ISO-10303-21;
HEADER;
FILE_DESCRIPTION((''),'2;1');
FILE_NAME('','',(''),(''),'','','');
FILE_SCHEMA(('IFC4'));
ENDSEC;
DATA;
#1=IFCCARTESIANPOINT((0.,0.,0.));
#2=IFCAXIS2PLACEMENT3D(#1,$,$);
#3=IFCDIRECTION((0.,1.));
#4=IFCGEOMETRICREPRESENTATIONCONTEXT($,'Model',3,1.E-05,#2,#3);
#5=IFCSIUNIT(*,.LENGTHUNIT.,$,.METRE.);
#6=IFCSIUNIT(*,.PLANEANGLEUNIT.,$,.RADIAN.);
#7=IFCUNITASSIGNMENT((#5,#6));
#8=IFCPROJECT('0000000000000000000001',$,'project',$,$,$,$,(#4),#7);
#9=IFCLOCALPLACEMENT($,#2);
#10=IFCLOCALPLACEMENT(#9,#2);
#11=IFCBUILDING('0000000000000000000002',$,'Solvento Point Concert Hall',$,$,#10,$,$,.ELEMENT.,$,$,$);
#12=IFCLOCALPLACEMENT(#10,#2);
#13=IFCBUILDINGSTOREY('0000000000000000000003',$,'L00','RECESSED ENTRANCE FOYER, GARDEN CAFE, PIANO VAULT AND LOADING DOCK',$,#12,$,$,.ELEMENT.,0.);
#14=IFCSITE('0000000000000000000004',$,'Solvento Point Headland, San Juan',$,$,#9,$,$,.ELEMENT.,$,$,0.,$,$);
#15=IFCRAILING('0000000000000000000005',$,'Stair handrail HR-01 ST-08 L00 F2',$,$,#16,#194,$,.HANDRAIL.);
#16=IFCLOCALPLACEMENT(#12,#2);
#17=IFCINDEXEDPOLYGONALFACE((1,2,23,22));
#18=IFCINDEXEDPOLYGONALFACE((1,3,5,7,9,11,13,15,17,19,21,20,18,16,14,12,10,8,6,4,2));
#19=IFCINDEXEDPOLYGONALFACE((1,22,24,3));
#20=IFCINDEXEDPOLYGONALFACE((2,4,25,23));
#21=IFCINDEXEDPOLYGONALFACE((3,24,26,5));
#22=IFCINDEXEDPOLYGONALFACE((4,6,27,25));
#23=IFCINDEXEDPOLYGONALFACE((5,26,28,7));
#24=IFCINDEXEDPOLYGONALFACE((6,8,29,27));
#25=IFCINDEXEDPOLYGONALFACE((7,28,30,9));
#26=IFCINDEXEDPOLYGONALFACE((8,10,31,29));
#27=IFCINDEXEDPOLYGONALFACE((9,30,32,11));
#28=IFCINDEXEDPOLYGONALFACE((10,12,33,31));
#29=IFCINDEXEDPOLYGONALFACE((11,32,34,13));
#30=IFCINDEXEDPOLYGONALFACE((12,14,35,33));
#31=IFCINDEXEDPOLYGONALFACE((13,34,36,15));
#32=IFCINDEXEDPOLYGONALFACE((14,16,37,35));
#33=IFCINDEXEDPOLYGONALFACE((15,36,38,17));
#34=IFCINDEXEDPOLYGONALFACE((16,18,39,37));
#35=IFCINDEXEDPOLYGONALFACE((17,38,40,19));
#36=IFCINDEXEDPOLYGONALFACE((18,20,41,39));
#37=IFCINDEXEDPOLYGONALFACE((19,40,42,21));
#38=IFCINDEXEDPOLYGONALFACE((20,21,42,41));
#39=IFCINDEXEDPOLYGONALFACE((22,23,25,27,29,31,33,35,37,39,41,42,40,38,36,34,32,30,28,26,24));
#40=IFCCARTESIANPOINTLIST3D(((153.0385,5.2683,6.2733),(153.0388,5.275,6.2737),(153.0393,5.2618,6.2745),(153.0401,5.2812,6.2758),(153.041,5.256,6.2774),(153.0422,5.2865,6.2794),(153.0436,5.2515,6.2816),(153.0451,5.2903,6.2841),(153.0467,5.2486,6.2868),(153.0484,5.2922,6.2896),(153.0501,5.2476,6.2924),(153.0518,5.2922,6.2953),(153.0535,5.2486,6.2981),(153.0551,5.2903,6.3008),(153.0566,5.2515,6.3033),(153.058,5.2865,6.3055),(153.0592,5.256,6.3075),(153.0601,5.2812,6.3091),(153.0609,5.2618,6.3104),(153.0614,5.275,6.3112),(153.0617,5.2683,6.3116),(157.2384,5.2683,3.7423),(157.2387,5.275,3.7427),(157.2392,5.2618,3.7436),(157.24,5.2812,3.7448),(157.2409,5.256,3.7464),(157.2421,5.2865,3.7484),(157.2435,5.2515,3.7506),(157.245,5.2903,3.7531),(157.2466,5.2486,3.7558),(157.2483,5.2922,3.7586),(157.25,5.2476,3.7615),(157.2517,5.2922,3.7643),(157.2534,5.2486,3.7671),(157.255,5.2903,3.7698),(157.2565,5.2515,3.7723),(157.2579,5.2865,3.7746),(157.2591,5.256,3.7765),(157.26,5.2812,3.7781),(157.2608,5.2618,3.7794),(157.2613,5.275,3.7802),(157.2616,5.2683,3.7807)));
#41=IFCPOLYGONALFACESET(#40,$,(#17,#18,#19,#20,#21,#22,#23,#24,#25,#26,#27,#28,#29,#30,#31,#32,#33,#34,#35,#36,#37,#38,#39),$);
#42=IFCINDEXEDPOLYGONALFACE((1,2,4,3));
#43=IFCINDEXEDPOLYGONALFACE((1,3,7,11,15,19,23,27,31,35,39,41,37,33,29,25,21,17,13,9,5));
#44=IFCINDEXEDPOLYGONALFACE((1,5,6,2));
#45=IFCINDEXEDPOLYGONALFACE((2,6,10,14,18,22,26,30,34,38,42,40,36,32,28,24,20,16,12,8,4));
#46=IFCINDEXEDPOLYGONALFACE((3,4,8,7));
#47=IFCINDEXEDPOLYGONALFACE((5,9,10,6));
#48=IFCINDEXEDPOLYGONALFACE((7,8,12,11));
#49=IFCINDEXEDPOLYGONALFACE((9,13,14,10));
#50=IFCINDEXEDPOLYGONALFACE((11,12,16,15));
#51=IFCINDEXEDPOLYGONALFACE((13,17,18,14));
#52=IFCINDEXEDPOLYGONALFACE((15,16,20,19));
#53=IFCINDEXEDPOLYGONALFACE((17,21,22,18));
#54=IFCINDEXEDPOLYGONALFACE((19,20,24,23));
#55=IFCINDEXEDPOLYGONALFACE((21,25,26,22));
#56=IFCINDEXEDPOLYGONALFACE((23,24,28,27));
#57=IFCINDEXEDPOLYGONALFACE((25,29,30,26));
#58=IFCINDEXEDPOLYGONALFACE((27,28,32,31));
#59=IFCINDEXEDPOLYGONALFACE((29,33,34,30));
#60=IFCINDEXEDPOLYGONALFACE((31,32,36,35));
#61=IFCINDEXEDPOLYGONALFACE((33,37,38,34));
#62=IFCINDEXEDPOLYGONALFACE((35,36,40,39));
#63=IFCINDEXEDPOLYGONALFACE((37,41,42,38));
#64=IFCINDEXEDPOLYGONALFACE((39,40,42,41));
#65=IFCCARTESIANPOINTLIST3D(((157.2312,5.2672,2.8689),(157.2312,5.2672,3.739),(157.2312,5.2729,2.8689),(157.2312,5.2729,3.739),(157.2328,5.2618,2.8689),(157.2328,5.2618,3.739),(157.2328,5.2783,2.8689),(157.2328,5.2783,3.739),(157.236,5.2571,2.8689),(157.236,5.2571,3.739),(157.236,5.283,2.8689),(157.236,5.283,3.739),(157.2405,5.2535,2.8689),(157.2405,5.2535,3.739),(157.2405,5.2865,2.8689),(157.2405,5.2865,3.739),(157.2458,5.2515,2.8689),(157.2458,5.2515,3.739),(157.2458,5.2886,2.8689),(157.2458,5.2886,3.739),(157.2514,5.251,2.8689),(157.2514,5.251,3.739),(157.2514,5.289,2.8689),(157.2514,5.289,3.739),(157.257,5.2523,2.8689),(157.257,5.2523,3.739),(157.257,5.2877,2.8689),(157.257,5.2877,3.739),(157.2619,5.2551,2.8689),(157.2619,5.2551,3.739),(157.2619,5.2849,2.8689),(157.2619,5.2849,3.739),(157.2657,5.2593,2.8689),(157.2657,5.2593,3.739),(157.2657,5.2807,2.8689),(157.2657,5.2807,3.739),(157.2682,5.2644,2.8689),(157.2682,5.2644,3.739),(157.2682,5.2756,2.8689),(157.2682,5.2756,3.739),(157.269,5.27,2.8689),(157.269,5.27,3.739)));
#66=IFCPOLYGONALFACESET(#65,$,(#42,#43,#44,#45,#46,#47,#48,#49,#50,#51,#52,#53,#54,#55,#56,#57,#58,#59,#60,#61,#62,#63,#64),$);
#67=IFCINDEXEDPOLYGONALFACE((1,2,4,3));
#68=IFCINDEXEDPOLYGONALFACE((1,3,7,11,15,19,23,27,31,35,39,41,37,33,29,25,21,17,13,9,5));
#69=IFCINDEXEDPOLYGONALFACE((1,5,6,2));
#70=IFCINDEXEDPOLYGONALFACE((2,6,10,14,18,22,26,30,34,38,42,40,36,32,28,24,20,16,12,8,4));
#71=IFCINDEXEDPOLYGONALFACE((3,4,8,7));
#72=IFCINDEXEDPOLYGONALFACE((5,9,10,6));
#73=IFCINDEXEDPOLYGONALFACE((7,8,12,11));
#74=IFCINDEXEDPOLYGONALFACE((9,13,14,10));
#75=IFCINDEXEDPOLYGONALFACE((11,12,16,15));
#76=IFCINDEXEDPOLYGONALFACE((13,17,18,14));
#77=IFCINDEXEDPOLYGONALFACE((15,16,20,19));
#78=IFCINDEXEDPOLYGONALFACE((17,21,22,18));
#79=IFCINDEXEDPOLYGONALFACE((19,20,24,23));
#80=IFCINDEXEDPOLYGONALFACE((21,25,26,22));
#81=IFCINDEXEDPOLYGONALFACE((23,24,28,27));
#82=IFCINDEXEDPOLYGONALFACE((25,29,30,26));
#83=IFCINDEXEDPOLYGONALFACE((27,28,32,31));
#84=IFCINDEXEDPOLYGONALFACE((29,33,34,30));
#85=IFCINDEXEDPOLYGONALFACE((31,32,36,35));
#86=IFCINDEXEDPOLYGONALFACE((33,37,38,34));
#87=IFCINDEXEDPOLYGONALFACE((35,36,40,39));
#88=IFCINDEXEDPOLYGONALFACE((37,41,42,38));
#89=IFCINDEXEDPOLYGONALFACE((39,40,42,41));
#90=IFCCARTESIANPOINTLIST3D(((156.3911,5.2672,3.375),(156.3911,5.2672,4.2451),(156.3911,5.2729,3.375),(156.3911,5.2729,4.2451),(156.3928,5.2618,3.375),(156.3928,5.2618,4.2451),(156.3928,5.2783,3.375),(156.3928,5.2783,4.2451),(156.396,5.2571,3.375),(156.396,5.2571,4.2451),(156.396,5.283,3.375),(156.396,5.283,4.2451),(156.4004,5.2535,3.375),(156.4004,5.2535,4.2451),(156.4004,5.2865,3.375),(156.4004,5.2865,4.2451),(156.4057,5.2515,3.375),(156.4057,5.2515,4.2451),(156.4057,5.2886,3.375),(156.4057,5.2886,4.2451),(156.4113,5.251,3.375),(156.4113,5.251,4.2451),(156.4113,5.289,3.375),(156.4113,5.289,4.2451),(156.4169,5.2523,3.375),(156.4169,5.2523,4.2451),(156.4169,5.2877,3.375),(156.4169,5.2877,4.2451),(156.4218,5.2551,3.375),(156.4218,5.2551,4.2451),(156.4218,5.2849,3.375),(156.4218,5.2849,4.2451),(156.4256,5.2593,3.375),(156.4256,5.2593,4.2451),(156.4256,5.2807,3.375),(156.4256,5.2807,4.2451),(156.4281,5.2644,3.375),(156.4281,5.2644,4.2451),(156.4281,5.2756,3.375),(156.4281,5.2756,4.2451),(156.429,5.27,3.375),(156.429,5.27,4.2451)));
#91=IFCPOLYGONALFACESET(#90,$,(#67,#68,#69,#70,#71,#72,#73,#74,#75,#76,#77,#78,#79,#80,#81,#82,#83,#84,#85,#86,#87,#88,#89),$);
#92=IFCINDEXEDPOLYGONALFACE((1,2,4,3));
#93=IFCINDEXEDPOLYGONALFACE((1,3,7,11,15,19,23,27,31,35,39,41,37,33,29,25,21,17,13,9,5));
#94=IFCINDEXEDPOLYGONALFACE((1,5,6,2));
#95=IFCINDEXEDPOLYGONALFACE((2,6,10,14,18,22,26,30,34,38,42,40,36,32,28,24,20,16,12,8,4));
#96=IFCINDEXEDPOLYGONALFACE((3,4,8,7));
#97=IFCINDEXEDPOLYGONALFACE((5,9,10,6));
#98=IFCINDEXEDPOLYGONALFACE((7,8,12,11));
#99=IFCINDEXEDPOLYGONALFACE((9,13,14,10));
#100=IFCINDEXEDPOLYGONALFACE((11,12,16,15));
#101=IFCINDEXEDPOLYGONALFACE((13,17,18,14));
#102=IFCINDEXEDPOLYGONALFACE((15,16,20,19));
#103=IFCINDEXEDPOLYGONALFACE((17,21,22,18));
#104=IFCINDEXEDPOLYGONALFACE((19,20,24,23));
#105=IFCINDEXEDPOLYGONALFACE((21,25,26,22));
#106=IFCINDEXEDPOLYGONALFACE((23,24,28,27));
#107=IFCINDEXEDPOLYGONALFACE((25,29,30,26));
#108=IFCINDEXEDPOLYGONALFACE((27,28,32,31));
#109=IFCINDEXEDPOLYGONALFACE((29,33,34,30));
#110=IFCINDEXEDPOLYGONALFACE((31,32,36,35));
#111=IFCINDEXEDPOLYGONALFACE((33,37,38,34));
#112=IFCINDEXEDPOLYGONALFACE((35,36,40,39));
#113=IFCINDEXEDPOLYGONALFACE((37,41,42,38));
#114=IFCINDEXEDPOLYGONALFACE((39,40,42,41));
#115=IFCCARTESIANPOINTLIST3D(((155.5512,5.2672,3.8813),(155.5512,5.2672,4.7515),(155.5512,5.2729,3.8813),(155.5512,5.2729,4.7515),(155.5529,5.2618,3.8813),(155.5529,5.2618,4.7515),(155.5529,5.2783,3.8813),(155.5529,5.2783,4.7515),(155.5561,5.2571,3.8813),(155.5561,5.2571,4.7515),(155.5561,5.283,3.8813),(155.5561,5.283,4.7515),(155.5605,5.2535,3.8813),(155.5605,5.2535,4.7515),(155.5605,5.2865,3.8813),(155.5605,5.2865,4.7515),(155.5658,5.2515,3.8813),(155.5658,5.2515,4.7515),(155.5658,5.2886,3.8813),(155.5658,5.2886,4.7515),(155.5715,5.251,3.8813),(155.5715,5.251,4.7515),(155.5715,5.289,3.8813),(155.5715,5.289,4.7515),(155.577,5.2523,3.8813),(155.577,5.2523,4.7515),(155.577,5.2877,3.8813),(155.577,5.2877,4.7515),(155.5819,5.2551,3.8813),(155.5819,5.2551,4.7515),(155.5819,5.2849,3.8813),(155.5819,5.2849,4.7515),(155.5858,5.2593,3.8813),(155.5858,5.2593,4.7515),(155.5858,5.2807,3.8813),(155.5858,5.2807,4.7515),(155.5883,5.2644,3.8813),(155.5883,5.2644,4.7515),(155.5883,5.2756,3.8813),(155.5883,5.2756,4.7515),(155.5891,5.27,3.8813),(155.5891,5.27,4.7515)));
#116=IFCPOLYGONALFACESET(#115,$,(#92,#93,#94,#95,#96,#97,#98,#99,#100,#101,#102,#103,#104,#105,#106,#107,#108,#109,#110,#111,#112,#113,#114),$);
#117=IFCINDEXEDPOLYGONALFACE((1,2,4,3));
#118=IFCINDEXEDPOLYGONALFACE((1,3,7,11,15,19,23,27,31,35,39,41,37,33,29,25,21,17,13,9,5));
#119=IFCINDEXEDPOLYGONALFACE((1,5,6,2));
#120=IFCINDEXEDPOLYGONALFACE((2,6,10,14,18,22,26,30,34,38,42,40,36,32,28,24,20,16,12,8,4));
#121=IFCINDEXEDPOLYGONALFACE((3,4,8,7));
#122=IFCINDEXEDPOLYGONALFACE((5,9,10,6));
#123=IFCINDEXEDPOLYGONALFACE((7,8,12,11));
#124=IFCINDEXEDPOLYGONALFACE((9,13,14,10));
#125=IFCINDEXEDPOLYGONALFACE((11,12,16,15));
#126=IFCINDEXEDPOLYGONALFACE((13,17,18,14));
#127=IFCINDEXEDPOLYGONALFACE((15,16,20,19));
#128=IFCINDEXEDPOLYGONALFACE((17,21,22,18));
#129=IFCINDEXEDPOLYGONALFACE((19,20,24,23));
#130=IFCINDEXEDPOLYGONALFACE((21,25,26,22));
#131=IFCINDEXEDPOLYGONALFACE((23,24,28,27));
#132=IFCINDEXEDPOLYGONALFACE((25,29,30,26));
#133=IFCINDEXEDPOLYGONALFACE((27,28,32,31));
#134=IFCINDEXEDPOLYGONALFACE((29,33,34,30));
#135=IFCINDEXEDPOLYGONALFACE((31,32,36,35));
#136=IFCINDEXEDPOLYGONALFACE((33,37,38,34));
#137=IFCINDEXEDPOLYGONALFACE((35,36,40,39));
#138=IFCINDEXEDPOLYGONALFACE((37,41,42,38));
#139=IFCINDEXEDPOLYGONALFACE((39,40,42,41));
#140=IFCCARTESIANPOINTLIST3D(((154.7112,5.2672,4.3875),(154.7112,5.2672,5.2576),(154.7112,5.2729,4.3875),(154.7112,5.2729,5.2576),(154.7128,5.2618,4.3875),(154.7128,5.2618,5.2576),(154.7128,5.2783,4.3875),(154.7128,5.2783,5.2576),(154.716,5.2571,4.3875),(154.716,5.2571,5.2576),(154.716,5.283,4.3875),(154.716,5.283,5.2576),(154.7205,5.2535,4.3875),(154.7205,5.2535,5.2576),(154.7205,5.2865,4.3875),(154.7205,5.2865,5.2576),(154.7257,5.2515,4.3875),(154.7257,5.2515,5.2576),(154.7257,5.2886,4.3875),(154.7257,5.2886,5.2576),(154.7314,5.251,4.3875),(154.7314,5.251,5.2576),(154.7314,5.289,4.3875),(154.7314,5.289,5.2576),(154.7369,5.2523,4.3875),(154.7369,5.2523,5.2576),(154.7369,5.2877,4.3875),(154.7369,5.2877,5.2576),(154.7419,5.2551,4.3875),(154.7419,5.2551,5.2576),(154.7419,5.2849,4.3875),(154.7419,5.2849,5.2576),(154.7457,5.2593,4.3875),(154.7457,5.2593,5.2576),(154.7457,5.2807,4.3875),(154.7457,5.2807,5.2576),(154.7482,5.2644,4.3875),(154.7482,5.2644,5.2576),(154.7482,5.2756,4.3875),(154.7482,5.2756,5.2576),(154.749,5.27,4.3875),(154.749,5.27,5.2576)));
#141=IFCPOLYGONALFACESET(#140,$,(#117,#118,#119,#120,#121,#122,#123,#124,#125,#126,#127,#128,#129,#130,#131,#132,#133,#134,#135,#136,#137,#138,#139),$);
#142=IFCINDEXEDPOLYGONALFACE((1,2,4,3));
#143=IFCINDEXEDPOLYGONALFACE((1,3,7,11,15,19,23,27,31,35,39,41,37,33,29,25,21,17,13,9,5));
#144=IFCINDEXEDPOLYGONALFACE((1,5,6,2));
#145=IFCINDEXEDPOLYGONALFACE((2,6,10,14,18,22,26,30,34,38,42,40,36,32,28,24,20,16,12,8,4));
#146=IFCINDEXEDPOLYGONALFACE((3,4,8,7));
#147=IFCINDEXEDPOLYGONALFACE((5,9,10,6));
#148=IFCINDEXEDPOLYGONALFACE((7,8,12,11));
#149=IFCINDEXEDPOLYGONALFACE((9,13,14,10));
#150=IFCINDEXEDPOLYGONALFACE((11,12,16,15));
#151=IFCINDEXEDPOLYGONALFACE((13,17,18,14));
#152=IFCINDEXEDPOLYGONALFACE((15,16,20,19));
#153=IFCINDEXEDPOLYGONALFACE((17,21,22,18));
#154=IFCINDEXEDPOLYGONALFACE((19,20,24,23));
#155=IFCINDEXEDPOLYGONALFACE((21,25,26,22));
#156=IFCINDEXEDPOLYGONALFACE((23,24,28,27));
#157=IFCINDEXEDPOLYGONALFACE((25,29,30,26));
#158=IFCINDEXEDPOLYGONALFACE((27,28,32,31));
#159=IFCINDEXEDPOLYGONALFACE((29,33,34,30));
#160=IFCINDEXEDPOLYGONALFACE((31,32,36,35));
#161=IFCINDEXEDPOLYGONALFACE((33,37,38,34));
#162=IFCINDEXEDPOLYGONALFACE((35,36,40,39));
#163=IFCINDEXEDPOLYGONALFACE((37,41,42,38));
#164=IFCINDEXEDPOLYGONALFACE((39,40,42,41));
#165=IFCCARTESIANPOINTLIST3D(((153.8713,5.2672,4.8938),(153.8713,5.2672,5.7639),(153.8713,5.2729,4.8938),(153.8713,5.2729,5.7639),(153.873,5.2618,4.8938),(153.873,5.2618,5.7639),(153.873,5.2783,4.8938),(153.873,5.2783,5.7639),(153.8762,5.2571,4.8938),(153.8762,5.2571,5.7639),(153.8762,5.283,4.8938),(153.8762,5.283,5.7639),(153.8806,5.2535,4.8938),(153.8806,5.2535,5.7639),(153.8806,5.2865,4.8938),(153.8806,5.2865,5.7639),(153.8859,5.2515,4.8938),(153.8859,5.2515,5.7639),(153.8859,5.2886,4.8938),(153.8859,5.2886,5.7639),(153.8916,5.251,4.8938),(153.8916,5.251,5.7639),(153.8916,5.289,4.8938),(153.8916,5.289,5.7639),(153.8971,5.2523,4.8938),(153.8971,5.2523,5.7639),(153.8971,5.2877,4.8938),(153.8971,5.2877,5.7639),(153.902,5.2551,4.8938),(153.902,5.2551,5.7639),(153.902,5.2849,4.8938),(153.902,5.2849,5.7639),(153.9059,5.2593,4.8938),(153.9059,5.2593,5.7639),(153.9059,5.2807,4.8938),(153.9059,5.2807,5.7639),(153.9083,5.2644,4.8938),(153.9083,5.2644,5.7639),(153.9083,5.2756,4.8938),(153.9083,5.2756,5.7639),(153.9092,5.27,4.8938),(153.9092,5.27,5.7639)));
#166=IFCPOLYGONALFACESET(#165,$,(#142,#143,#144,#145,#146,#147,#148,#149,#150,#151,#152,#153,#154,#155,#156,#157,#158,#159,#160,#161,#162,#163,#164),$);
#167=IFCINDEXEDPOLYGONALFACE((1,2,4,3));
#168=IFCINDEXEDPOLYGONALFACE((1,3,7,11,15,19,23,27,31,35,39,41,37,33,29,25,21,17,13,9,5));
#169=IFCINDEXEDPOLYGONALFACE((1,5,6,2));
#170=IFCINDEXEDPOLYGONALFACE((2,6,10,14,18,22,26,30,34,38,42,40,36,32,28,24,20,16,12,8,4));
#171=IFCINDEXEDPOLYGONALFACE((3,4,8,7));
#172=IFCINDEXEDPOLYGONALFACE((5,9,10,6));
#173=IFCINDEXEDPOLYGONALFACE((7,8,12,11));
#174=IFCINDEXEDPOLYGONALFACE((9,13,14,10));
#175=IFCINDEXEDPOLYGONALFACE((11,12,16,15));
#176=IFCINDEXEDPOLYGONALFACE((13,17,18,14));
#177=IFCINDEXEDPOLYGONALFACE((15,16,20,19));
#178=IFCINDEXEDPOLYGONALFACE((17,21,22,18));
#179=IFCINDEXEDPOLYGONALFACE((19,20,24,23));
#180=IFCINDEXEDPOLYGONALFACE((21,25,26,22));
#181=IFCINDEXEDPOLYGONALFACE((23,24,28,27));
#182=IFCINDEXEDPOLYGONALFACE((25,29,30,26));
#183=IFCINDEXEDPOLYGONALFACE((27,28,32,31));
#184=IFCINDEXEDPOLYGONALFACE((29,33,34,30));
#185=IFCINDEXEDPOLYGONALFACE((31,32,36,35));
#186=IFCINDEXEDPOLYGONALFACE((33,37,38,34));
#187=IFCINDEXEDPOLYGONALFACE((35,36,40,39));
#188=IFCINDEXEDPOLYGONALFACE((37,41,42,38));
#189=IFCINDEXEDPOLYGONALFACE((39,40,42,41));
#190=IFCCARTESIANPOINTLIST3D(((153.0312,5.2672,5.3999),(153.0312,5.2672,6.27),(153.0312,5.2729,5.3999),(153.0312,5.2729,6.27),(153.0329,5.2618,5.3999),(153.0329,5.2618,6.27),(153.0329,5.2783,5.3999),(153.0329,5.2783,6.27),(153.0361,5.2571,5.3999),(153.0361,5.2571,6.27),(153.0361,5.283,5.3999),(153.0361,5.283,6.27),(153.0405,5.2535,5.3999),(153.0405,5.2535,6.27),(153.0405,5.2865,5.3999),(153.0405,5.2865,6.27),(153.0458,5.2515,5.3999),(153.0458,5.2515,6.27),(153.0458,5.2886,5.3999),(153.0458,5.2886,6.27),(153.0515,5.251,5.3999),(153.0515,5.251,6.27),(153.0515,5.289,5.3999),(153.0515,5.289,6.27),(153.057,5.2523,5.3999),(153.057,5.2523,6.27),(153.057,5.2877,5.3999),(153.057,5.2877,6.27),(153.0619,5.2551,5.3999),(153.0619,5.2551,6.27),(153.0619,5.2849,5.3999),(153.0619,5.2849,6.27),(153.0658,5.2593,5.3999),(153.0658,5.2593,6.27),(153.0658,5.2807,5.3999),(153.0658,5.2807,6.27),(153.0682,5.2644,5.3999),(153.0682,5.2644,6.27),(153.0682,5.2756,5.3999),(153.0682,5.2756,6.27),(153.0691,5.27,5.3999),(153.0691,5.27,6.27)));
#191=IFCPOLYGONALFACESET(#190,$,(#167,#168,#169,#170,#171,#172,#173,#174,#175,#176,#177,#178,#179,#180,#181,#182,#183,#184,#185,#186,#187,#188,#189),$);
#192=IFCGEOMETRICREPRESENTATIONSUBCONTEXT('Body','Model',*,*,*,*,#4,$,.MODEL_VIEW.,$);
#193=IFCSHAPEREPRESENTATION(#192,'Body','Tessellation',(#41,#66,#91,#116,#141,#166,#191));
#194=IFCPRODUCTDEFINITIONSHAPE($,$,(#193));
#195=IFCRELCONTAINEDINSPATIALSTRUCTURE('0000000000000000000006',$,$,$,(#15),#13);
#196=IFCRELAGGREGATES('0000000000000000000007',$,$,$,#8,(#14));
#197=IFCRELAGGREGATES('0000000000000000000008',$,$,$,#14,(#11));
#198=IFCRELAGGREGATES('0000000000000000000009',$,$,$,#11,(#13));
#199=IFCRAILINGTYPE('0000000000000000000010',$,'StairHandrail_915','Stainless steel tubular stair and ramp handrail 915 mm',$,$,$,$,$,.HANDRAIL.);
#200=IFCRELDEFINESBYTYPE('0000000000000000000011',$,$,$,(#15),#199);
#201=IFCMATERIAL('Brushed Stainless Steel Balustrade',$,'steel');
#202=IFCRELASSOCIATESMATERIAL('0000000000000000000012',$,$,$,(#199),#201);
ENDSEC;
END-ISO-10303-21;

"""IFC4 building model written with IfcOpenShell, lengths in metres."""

from ifc_helpers import new_model, si_unit, direction, frame, origin, origin_2d, place, context, subcontext, project, spatial, circle, extrude, material, type_object, element, save


model = new_model("IFC4")

# Units and contexts
model_context = context("Model", 3, precision=1e-05, world=origin(), true_north=direction((0.0, 1.0)))
body_context = subcontext(model_context, "Body", "Model", "MODEL_VIEW")
ifc_project = project(units=[si_unit("LENGTHUNIT", "METRE"), si_unit("PLANEANGLEUNIT", "RADIAN")], contexts=[model_context])

# Site, building, storey
site_placement = place(None, origin())
site = spatial("IfcSite", under=ifc_project, at=site_placement, Name="Solvento Point Headland, San Juan", CompositionType="ELEMENT", RefElevation=0.0)
building_placement = place(site_placement, origin())
building = spatial("IfcBuilding", under=site, at=building_placement, Name="Solvento Point Concert Hall", CompositionType="ELEMENT")
storey_placement = place(building_placement, origin())
storey = spatial("IfcBuildingStorey", under=building, at=storey_placement, Name="L00", Description="RECESSED ENTRANCE FOYER, GARDEN CAFE, PIANO VAULT AND LOADING DOCK", CompositionType="ELEMENT", Elevation=0.0)

# Railing
ifc_material_1 = material(Name="Brushed Stainless Steel Balustrade", Category="steel")
railing_type_1 = type_object("IfcRailingType", Name="StairHandrail_915", Description="Stainless steel tubular stair and ramp handrail 915 mm", PredefinedType="HANDRAIL", material=ifc_material_1)
railing_1_placement = place(storey_placement, frame((157.25, 5.27, 2.8689)))
element("IfcRailing", 1, at=railing_1_placement, inside=storey, type_object=railing_type_1, Name="Stair handrail HR-01 ST-08 L00 F2", PredefinedType="HANDRAIL", context=body_context, shape_type="SweptSolid", body=[
    extrude(circle(Radius=0.0225, at=origin_2d()), frame((0.0, 0.0, 0.8926), z_axis=(-0.856499, 0.0, 0.51615), x_axis=(0.0, -1.0, 0.0)), (0.0, 0.0, 1.0), 4.9036),
    extrude(circle(Radius=0.019, at=origin_2d()), origin(), (0.0, 0.0, 1.0), 0.8701),
    extrude(circle(Radius=0.019, at=origin_2d()), frame((-0.8401, 0.0, 0.5061)), (0.0, 0.0, 1.0), 0.8701),
    extrude(circle(Radius=0.019, at=origin_2d()), frame((-1.6799, 0.0, 1.0125)), (0.0, 0.0, 1.0), 0.8701),
    extrude(circle(Radius=0.019, at=origin_2d()), frame((-2.52, 0.0, 1.5186)), (0.0, 0.0, 1.0), 0.8701),
    extrude(circle(Radius=0.019, at=origin_2d()), frame((-3.3599, 0.0, 2.0249)), (0.0, 0.0, 1.0), 0.8701),
    extrude(circle(Radius=0.019, at=origin_2d()), frame((-4.2, 0.0, 2.531)), (0.0, 0.0, 1.0), 0.8701),
])

save(model, "model.ifc")
